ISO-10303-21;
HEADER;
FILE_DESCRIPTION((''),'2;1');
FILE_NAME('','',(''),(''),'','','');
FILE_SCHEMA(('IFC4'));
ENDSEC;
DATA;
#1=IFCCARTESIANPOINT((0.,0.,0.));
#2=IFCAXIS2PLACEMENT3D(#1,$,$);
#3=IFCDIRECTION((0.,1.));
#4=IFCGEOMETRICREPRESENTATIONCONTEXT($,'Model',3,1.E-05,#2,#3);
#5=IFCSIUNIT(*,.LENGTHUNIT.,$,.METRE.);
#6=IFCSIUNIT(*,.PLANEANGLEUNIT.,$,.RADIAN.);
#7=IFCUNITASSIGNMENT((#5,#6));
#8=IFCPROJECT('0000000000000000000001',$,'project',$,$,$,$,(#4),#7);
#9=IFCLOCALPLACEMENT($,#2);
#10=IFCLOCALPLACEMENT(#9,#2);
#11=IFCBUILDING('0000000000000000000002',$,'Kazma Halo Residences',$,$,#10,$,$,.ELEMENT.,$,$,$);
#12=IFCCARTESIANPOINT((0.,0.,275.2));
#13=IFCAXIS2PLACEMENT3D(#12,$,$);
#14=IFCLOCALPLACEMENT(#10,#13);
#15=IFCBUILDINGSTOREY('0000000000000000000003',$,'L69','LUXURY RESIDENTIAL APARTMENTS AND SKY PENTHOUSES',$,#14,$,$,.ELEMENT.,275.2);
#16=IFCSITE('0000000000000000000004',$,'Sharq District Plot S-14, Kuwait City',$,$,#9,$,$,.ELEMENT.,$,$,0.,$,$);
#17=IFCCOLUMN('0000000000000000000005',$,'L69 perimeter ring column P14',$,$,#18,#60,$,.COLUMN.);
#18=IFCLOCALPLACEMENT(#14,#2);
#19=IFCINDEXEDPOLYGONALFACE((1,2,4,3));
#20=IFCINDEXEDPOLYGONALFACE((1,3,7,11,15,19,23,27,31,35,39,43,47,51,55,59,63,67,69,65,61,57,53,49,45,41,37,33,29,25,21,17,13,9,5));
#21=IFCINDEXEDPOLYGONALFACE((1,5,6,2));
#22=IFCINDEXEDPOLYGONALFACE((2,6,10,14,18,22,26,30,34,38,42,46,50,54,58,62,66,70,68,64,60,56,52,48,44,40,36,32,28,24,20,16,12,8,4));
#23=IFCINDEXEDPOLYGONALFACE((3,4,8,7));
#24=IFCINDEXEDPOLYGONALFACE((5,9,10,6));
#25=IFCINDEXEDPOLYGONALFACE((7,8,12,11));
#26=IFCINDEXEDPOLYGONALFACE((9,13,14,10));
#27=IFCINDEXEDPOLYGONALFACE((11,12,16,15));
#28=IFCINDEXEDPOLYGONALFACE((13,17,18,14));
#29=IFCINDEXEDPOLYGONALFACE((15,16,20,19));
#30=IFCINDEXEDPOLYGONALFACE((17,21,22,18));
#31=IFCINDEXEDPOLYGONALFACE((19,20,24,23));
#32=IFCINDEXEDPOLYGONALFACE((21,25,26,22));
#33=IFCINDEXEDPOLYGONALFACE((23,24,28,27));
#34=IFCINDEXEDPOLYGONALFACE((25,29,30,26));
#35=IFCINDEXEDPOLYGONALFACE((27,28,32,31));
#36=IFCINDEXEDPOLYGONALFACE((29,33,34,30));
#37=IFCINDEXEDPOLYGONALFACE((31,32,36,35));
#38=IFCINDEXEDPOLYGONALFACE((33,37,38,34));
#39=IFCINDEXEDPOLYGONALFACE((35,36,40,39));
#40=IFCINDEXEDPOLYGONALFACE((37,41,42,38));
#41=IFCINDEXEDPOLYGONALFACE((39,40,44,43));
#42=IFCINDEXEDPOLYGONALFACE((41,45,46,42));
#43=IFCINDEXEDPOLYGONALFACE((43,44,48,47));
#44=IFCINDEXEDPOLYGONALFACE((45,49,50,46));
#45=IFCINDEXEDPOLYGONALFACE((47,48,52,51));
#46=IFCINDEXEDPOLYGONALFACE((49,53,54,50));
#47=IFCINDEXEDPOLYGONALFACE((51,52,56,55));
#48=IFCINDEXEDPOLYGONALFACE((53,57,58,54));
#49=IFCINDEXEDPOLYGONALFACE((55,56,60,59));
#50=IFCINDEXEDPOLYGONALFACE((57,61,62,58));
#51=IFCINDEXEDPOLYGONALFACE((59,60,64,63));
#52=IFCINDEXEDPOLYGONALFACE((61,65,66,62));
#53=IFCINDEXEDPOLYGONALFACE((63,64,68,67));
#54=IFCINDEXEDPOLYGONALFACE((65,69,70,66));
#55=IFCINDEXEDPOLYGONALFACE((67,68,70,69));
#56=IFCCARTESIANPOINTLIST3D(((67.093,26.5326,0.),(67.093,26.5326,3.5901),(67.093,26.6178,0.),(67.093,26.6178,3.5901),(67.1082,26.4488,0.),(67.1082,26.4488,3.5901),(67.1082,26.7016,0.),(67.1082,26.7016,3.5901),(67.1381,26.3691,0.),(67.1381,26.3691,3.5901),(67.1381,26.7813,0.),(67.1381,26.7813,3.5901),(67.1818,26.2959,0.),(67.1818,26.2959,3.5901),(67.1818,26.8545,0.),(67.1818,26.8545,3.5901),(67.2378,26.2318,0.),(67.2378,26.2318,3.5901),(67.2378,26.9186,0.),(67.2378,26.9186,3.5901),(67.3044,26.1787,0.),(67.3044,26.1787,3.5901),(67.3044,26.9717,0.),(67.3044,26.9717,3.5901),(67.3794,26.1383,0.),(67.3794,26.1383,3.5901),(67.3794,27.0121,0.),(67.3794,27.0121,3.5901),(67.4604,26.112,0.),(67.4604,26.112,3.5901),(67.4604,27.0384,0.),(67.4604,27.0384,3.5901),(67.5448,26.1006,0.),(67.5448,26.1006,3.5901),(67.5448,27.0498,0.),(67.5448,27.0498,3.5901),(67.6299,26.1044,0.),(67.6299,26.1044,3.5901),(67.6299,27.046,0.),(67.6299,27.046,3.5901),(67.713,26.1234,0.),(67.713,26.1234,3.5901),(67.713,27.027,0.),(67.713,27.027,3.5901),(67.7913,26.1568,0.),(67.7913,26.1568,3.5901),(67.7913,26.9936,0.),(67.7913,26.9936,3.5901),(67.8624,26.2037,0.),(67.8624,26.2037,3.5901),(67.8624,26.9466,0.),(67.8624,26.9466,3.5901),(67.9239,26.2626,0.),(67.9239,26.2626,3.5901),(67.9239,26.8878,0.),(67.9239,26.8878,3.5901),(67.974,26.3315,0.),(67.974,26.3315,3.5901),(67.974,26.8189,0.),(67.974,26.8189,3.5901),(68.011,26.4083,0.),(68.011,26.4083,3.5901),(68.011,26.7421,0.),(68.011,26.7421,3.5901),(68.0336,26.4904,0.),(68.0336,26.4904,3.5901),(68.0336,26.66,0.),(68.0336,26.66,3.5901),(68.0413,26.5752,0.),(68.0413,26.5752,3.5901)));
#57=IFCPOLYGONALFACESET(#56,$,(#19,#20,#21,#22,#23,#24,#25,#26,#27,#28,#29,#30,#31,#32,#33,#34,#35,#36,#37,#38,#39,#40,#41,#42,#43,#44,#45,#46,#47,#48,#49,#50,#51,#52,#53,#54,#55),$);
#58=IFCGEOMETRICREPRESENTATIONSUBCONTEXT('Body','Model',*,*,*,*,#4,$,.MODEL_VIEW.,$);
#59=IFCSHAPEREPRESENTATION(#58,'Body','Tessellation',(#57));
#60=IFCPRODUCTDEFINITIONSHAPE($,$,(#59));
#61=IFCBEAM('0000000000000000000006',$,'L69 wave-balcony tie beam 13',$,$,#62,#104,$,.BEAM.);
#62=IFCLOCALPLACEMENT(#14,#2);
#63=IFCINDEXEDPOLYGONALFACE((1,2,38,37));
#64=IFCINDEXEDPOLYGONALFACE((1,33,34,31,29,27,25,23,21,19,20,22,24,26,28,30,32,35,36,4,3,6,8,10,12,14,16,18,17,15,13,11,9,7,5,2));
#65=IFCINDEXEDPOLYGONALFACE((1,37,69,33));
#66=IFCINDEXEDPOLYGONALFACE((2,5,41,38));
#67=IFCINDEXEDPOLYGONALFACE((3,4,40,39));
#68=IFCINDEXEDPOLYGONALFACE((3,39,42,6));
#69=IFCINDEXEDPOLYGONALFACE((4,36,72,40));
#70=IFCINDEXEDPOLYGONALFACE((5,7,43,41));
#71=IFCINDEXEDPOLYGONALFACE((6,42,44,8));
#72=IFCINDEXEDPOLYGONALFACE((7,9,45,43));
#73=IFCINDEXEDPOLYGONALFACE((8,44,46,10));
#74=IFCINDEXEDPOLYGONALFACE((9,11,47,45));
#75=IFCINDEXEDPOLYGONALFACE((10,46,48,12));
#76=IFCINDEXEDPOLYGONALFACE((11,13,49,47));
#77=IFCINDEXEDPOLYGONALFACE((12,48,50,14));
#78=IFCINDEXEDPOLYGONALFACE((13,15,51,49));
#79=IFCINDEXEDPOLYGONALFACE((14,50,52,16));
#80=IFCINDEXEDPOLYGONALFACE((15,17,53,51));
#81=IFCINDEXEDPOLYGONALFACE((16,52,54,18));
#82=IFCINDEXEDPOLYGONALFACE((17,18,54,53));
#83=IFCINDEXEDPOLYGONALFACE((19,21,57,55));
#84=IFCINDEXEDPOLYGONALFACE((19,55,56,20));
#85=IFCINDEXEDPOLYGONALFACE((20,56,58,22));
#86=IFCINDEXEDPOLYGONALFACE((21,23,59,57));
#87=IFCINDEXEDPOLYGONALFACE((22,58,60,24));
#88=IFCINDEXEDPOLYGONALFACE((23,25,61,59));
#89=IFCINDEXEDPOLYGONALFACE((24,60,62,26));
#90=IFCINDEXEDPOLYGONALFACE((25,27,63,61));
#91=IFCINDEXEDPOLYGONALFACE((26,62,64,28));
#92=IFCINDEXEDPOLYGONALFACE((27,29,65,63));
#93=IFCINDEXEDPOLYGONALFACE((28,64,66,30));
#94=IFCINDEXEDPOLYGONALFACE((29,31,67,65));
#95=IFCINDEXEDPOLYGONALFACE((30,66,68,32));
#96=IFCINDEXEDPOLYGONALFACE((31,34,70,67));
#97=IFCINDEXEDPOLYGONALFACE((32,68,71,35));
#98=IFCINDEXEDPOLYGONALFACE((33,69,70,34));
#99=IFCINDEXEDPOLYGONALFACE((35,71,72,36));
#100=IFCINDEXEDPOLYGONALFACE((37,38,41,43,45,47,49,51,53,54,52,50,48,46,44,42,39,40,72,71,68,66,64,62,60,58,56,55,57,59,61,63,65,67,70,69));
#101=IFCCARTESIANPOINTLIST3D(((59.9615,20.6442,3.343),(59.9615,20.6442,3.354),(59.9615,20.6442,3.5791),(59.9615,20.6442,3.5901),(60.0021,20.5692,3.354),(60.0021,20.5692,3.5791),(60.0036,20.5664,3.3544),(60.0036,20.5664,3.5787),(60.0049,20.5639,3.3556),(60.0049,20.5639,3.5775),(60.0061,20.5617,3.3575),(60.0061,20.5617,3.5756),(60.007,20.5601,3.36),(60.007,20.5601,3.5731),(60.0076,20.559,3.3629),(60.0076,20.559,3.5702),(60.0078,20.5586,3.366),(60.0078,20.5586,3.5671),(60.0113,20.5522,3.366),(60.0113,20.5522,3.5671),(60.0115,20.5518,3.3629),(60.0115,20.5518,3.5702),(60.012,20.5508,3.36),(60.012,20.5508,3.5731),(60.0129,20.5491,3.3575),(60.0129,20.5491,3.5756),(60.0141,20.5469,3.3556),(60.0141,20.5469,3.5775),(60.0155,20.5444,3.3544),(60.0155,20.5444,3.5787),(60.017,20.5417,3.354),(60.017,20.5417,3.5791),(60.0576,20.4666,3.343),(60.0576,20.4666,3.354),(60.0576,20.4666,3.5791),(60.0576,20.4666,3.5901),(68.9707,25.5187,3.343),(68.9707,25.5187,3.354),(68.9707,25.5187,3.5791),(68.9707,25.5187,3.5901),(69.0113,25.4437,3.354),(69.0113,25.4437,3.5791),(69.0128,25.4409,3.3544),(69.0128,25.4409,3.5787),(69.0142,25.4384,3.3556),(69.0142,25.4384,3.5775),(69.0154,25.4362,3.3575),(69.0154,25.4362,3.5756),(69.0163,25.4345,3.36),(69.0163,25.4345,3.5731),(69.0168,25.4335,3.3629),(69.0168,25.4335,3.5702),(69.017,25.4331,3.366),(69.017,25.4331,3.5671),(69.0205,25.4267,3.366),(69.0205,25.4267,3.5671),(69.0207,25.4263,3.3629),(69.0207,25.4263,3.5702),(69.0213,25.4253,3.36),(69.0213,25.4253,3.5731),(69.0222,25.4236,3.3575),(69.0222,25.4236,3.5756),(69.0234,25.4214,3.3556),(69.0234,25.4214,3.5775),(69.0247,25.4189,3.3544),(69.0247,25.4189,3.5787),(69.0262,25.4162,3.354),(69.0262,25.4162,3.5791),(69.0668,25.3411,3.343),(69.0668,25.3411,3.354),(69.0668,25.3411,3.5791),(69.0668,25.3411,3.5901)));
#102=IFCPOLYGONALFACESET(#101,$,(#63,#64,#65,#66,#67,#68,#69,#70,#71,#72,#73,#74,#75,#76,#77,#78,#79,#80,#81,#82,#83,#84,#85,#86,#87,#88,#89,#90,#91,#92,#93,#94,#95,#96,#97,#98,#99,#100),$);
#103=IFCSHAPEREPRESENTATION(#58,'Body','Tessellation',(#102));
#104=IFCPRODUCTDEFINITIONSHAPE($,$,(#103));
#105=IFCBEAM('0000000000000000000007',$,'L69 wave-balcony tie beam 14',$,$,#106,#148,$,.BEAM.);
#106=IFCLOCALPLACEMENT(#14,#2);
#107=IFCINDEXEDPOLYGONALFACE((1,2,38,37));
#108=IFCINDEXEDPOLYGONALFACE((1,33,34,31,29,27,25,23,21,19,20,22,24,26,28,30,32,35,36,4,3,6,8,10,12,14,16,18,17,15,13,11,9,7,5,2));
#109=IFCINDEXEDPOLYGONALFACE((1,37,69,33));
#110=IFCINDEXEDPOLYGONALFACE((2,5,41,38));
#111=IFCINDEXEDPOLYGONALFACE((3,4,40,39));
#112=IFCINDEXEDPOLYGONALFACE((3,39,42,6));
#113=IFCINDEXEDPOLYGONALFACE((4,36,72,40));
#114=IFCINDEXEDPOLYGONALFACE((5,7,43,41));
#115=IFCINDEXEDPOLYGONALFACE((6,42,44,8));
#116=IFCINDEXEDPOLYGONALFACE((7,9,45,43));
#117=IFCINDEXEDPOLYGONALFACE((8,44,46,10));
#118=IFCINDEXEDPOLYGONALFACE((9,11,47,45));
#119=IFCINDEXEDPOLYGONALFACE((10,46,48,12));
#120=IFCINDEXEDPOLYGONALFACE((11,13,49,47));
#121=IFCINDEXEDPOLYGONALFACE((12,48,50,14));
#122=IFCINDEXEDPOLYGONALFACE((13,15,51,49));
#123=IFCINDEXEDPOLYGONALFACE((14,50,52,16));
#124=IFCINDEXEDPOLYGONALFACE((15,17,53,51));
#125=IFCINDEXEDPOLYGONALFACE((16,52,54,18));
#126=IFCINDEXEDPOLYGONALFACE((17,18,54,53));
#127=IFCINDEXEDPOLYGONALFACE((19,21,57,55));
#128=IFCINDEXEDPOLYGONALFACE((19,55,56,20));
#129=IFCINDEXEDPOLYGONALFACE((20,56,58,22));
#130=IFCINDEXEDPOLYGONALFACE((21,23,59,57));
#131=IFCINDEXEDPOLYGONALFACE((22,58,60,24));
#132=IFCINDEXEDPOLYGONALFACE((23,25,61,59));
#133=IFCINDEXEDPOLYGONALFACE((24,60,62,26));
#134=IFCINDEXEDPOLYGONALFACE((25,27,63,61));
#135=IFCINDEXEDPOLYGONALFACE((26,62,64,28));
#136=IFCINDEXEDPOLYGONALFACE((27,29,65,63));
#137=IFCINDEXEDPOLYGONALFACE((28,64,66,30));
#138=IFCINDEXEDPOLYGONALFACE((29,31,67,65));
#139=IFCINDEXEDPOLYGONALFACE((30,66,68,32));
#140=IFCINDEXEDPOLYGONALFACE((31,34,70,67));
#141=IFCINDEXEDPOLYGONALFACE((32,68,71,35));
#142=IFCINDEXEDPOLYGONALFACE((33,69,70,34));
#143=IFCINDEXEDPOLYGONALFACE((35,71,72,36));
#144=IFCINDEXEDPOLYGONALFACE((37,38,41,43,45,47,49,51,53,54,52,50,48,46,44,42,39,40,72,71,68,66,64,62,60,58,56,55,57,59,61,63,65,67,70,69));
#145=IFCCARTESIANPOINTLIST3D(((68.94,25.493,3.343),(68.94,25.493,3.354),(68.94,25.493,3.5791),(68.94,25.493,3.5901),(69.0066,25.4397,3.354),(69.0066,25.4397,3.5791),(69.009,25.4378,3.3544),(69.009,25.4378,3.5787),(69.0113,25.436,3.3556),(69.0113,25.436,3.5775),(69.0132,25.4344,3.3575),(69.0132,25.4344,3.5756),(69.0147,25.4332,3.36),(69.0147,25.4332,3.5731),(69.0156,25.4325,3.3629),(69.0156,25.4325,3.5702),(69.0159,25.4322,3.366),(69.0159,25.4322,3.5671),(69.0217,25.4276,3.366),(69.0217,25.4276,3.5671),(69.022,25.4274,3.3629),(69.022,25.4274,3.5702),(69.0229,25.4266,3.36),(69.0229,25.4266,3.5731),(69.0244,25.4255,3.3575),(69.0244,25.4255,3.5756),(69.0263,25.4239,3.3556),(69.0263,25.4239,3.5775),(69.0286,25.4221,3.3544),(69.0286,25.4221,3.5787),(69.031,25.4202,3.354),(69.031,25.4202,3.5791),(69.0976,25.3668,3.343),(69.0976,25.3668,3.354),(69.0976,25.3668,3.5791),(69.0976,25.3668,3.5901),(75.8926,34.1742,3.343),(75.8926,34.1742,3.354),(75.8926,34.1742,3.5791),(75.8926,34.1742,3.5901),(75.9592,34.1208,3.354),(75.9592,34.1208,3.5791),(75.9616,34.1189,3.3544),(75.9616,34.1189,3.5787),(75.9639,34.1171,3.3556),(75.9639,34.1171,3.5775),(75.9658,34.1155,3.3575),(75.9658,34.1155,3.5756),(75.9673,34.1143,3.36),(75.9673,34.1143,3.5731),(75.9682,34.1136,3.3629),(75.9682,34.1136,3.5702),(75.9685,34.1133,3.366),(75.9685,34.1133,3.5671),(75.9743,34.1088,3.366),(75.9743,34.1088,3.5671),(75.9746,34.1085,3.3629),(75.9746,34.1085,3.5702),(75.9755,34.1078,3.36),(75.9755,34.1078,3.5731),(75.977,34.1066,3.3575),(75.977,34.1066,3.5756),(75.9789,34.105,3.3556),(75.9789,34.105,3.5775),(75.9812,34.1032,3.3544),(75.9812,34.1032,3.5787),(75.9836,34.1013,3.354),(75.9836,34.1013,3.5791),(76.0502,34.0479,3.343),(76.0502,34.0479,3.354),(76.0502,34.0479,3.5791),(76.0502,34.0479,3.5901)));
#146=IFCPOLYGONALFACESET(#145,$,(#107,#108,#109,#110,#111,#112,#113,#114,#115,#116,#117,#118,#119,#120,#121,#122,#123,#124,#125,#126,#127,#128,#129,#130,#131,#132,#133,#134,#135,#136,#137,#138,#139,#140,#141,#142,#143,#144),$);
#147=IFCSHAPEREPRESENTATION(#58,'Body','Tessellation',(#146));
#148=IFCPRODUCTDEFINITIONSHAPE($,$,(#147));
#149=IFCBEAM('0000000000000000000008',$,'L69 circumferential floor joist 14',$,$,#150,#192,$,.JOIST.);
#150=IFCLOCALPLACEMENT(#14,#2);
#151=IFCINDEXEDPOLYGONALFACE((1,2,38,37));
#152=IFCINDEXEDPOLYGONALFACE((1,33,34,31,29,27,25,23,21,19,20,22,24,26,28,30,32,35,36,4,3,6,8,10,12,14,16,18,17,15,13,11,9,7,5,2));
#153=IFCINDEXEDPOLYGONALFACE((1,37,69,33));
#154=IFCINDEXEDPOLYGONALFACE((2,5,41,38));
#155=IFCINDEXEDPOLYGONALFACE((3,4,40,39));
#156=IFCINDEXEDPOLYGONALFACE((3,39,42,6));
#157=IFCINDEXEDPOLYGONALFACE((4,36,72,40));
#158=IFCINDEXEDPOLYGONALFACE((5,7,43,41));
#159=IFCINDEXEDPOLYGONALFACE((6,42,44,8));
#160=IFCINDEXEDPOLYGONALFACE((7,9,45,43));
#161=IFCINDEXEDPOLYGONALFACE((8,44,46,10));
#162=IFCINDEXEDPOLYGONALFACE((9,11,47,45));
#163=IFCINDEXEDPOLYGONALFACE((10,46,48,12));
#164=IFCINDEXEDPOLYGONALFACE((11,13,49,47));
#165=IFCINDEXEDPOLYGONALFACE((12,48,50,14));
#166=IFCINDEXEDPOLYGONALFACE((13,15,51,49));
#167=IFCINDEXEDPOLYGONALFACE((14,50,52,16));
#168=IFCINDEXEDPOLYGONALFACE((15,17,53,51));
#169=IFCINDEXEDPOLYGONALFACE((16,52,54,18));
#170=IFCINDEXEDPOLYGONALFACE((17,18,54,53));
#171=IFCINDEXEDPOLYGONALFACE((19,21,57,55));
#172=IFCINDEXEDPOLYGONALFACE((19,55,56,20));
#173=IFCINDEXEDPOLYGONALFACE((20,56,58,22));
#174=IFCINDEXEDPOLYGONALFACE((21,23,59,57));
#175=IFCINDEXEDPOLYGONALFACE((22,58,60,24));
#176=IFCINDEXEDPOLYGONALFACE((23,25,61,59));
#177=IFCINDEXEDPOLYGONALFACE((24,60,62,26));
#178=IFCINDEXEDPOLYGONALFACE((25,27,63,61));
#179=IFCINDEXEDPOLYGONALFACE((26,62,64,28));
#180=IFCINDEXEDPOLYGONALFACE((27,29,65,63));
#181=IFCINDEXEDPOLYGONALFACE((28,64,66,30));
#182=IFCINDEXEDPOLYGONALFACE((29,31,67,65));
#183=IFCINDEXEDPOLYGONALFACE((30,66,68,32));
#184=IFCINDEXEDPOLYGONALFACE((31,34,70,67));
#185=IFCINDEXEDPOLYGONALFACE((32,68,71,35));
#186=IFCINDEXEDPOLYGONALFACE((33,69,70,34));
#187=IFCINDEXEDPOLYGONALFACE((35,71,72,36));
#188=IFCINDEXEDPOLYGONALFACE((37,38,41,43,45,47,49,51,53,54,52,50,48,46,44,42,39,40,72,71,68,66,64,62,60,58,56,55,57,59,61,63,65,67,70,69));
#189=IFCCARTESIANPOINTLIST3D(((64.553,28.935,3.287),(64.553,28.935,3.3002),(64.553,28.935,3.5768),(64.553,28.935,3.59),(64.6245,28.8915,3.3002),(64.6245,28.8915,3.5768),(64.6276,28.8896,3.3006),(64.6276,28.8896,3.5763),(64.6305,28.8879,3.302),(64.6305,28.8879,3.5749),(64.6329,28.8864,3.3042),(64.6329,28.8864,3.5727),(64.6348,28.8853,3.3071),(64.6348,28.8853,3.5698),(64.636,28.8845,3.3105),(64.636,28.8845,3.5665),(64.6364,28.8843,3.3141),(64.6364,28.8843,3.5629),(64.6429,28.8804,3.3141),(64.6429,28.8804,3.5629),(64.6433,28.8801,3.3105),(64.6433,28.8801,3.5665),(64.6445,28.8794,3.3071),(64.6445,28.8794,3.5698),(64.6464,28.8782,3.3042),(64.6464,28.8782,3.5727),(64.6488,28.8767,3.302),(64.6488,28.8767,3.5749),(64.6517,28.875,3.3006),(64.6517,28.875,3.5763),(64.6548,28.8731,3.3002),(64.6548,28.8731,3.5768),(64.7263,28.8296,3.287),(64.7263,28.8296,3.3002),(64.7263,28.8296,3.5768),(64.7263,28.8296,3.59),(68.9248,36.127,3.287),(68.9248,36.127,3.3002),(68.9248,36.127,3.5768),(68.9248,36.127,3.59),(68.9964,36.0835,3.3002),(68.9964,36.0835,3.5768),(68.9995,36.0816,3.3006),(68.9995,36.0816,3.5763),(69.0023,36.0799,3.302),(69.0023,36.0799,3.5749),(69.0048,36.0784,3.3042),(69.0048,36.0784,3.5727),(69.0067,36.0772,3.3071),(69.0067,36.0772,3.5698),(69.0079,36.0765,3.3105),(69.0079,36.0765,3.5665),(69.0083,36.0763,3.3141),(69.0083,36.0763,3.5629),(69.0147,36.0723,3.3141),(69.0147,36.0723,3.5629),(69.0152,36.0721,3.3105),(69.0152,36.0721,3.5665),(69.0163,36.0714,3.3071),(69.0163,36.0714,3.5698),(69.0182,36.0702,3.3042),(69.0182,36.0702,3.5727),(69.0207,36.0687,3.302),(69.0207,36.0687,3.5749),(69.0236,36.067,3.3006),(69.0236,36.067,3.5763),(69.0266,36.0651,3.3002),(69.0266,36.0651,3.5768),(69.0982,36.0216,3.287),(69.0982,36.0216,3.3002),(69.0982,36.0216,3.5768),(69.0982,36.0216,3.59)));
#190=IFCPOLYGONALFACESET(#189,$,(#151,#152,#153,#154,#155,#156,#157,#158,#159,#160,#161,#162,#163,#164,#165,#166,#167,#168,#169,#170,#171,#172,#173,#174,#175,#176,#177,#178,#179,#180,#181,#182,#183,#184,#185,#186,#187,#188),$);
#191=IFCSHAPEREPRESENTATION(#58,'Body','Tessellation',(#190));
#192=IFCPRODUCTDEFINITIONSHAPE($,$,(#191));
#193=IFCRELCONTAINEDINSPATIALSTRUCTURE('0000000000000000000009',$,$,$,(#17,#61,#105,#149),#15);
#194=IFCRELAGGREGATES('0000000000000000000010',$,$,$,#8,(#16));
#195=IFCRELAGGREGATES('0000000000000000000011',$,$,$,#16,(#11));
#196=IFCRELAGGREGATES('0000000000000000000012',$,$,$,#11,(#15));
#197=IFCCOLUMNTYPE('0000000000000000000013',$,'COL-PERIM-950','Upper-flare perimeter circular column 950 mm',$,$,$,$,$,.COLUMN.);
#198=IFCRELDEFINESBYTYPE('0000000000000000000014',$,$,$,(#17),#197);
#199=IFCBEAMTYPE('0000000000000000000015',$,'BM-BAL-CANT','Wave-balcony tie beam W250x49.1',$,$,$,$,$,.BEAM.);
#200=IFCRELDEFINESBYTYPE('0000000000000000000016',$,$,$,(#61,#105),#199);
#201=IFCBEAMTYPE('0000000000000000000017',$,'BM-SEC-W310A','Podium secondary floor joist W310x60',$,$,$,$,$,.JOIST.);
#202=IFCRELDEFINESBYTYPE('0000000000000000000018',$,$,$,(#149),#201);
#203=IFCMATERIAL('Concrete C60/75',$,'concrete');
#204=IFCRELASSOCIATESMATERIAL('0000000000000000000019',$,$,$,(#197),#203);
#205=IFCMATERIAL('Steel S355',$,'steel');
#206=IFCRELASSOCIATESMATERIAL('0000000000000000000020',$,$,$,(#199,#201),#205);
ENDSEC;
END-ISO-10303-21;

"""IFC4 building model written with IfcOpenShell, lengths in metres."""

from ifc_helpers import new_model, si_unit, direction, frame, origin, origin_2d, place, context, subcontext, project, spatial, circle, i_section, extrude, material, material_profile, profile_set, type_object, element, save


model = new_model("IFC4")

# Units and contexts
model_context = context("Model", 3, precision=1e-05, world=origin(), true_north=direction((0.0, 1.0)))
body_context = subcontext(model_context, "Body", "Model", "MODEL_VIEW")
ifc_project = project(units=[si_unit("LENGTHUNIT", "METRE"), si_unit("PLANEANGLEUNIT", "RADIAN")], contexts=[model_context])

# Site, building, storey
site_placement = place(None, origin())
site = spatial("IfcSite", under=ifc_project, at=site_placement, Name="Sharq District Plot S-14, Kuwait City", CompositionType="ELEMENT", RefElevation=0.0)
building_placement = place(site_placement, origin())
building = spatial("IfcBuilding", under=site, at=building_placement, Name="Kazma Halo Residences", CompositionType="ELEMENT")
storey_placement = place(building_placement, frame((0.0, 0.0, 275.2)))
storey = spatial("IfcBuildingStorey", under=building, at=storey_placement, Name="L69", Description="LUXURY RESIDENTIAL APARTMENTS AND SKY PENTHOUSES", CompositionType="ELEMENT", Elevation=275.2)

# Column
ifc_material_1 = material(Name="Concrete C60/75", Category="concrete")
ifc_material_profile_1 = material_profile(ifc_material_1, circle(Radius=0.4751, at=origin_2d()), Name="CIRC950")
ifc_profile_set_1 = profile_set([ifc_material_profile_1], Name="Concrete C60/75")
column_type = type_object("IfcColumnType", Name="COL-PERIM-950", Description="Upper-flare perimeter circular column 950 mm", PredefinedType="COLUMN", material=ifc_profile_set_1)
column_placement = place(storey_placement, frame((67.5662, 26.5752, 0.0), z_axis=(0.0, 0.0, 1.0), x_axis=(1.0, 0.0, 0.0)))
element("IfcColumn", 1, at=column_placement, inside=storey, type_object=column_type, Name="L69 perimeter ring column P14", PredefinedType="COLUMN", context=body_context, shape_type="SweptSolid", body=[
    extrude(circle(Radius=0.4751, at=origin_2d()), origin(), (0.0, 0.0, 1.0), 3.5901),
])

# Beams
ifc_material_2 = material(Name="Steel S355", Category="steel")
ifc_material_profile_2 = material_profile(ifc_material_2, i_section(OverallWidth=0.2019, OverallDepth=0.2471, WebThickness=0.0073, FlangeThickness=0.011, FilletRadius=0.012, at=origin_2d()), Name="W250x49.1")
ifc_profile_set_2 = profile_set([ifc_material_profile_2], Name="Steel S355")
beam_type_1 = type_object("IfcBeamType", Name="BM-BAL-CANT", Description="Wave-balcony tie beam W250x49.1", PredefinedType="BEAM", material=ifc_profile_set_2)
beam_1_placement = place(storey_placement, frame((60.0095, 20.5554, 3.4666), z_axis=(0.879517, 0.475867, 0.0), x_axis=(-0.475867, 0.879517, 0.0)))
element("IfcBeam", 2, at=beam_1_placement, inside=storey, type_object=beam_type_1, Name="L69 wave-balcony tie beam 13", PredefinedType="BEAM", context=body_context, shape_type="SweptSolid", body=[
    extrude(i_section(OverallWidth=0.2019, OverallDepth=0.2471, WebThickness=0.0073, FlangeThickness=0.011, FilletRadius=0.012, at=origin_2d()), origin(), (0.0, 0.0, 1.0), 10.2434),
])
beam_2_placement = place(storey_placement, frame((69.0188, 25.4299, 3.4666), z_axis=(0.625118, 0.78053, 0.0), x_axis=(-0.78053, 0.625118, 0.0)))
element("IfcBeam", 3, at=beam_2_placement, inside=storey, type_object=beam_type_1, Name="L69 wave-balcony tie beam 14", PredefinedType="BEAM", context=body_context, shape_type="SweptSolid", body=[
    extrude(i_section(OverallWidth=0.2019, OverallDepth=0.2471, WebThickness=0.0073, FlangeThickness=0.011, FilletRadius=0.012, at=origin_2d()), origin(), (0.0, 0.0, 1.0), 11.1221),
])
ifc_material_profile_3 = material_profile(ifc_material_2, i_section(OverallWidth=0.2029, OverallDepth=0.303, WebThickness=0.0076, FlangeThickness=0.0132, FilletRadius=0.0139, at=origin_2d()), Name="W310x60")
ifc_profile_set_3 = profile_set([ifc_material_profile_3], Name="Steel S355")
beam_type_2 = type_object("IfcBeamType", Name="BM-SEC-W310A", Description="Podium secondary floor joist W310x60", PredefinedType="JOIST", material=ifc_profile_set_3)
beam_3_placement = place(storey_placement, frame((64.6396, 28.8823, 3.4385), z_axis=(0.51944, 0.854507, 0.0), x_axis=(-0.854507, 0.51944, 0.0)))
element("IfcBeam", 4, at=beam_3_placement, inside=storey, type_object=beam_type_2, Name="L69 circumferential floor joist 14", PredefinedType="JOIST", context=body_context, shape_type="SweptSolid", body=[
    extrude(i_section(OverallWidth=0.2029, OverallDepth=0.303, WebThickness=0.0076, FlangeThickness=0.0132, FilletRadius=0.0139, at=origin_2d()), origin(), (0.0, 0.0, 1.0), 8.4165),
])

save(model, "model.ifc")
